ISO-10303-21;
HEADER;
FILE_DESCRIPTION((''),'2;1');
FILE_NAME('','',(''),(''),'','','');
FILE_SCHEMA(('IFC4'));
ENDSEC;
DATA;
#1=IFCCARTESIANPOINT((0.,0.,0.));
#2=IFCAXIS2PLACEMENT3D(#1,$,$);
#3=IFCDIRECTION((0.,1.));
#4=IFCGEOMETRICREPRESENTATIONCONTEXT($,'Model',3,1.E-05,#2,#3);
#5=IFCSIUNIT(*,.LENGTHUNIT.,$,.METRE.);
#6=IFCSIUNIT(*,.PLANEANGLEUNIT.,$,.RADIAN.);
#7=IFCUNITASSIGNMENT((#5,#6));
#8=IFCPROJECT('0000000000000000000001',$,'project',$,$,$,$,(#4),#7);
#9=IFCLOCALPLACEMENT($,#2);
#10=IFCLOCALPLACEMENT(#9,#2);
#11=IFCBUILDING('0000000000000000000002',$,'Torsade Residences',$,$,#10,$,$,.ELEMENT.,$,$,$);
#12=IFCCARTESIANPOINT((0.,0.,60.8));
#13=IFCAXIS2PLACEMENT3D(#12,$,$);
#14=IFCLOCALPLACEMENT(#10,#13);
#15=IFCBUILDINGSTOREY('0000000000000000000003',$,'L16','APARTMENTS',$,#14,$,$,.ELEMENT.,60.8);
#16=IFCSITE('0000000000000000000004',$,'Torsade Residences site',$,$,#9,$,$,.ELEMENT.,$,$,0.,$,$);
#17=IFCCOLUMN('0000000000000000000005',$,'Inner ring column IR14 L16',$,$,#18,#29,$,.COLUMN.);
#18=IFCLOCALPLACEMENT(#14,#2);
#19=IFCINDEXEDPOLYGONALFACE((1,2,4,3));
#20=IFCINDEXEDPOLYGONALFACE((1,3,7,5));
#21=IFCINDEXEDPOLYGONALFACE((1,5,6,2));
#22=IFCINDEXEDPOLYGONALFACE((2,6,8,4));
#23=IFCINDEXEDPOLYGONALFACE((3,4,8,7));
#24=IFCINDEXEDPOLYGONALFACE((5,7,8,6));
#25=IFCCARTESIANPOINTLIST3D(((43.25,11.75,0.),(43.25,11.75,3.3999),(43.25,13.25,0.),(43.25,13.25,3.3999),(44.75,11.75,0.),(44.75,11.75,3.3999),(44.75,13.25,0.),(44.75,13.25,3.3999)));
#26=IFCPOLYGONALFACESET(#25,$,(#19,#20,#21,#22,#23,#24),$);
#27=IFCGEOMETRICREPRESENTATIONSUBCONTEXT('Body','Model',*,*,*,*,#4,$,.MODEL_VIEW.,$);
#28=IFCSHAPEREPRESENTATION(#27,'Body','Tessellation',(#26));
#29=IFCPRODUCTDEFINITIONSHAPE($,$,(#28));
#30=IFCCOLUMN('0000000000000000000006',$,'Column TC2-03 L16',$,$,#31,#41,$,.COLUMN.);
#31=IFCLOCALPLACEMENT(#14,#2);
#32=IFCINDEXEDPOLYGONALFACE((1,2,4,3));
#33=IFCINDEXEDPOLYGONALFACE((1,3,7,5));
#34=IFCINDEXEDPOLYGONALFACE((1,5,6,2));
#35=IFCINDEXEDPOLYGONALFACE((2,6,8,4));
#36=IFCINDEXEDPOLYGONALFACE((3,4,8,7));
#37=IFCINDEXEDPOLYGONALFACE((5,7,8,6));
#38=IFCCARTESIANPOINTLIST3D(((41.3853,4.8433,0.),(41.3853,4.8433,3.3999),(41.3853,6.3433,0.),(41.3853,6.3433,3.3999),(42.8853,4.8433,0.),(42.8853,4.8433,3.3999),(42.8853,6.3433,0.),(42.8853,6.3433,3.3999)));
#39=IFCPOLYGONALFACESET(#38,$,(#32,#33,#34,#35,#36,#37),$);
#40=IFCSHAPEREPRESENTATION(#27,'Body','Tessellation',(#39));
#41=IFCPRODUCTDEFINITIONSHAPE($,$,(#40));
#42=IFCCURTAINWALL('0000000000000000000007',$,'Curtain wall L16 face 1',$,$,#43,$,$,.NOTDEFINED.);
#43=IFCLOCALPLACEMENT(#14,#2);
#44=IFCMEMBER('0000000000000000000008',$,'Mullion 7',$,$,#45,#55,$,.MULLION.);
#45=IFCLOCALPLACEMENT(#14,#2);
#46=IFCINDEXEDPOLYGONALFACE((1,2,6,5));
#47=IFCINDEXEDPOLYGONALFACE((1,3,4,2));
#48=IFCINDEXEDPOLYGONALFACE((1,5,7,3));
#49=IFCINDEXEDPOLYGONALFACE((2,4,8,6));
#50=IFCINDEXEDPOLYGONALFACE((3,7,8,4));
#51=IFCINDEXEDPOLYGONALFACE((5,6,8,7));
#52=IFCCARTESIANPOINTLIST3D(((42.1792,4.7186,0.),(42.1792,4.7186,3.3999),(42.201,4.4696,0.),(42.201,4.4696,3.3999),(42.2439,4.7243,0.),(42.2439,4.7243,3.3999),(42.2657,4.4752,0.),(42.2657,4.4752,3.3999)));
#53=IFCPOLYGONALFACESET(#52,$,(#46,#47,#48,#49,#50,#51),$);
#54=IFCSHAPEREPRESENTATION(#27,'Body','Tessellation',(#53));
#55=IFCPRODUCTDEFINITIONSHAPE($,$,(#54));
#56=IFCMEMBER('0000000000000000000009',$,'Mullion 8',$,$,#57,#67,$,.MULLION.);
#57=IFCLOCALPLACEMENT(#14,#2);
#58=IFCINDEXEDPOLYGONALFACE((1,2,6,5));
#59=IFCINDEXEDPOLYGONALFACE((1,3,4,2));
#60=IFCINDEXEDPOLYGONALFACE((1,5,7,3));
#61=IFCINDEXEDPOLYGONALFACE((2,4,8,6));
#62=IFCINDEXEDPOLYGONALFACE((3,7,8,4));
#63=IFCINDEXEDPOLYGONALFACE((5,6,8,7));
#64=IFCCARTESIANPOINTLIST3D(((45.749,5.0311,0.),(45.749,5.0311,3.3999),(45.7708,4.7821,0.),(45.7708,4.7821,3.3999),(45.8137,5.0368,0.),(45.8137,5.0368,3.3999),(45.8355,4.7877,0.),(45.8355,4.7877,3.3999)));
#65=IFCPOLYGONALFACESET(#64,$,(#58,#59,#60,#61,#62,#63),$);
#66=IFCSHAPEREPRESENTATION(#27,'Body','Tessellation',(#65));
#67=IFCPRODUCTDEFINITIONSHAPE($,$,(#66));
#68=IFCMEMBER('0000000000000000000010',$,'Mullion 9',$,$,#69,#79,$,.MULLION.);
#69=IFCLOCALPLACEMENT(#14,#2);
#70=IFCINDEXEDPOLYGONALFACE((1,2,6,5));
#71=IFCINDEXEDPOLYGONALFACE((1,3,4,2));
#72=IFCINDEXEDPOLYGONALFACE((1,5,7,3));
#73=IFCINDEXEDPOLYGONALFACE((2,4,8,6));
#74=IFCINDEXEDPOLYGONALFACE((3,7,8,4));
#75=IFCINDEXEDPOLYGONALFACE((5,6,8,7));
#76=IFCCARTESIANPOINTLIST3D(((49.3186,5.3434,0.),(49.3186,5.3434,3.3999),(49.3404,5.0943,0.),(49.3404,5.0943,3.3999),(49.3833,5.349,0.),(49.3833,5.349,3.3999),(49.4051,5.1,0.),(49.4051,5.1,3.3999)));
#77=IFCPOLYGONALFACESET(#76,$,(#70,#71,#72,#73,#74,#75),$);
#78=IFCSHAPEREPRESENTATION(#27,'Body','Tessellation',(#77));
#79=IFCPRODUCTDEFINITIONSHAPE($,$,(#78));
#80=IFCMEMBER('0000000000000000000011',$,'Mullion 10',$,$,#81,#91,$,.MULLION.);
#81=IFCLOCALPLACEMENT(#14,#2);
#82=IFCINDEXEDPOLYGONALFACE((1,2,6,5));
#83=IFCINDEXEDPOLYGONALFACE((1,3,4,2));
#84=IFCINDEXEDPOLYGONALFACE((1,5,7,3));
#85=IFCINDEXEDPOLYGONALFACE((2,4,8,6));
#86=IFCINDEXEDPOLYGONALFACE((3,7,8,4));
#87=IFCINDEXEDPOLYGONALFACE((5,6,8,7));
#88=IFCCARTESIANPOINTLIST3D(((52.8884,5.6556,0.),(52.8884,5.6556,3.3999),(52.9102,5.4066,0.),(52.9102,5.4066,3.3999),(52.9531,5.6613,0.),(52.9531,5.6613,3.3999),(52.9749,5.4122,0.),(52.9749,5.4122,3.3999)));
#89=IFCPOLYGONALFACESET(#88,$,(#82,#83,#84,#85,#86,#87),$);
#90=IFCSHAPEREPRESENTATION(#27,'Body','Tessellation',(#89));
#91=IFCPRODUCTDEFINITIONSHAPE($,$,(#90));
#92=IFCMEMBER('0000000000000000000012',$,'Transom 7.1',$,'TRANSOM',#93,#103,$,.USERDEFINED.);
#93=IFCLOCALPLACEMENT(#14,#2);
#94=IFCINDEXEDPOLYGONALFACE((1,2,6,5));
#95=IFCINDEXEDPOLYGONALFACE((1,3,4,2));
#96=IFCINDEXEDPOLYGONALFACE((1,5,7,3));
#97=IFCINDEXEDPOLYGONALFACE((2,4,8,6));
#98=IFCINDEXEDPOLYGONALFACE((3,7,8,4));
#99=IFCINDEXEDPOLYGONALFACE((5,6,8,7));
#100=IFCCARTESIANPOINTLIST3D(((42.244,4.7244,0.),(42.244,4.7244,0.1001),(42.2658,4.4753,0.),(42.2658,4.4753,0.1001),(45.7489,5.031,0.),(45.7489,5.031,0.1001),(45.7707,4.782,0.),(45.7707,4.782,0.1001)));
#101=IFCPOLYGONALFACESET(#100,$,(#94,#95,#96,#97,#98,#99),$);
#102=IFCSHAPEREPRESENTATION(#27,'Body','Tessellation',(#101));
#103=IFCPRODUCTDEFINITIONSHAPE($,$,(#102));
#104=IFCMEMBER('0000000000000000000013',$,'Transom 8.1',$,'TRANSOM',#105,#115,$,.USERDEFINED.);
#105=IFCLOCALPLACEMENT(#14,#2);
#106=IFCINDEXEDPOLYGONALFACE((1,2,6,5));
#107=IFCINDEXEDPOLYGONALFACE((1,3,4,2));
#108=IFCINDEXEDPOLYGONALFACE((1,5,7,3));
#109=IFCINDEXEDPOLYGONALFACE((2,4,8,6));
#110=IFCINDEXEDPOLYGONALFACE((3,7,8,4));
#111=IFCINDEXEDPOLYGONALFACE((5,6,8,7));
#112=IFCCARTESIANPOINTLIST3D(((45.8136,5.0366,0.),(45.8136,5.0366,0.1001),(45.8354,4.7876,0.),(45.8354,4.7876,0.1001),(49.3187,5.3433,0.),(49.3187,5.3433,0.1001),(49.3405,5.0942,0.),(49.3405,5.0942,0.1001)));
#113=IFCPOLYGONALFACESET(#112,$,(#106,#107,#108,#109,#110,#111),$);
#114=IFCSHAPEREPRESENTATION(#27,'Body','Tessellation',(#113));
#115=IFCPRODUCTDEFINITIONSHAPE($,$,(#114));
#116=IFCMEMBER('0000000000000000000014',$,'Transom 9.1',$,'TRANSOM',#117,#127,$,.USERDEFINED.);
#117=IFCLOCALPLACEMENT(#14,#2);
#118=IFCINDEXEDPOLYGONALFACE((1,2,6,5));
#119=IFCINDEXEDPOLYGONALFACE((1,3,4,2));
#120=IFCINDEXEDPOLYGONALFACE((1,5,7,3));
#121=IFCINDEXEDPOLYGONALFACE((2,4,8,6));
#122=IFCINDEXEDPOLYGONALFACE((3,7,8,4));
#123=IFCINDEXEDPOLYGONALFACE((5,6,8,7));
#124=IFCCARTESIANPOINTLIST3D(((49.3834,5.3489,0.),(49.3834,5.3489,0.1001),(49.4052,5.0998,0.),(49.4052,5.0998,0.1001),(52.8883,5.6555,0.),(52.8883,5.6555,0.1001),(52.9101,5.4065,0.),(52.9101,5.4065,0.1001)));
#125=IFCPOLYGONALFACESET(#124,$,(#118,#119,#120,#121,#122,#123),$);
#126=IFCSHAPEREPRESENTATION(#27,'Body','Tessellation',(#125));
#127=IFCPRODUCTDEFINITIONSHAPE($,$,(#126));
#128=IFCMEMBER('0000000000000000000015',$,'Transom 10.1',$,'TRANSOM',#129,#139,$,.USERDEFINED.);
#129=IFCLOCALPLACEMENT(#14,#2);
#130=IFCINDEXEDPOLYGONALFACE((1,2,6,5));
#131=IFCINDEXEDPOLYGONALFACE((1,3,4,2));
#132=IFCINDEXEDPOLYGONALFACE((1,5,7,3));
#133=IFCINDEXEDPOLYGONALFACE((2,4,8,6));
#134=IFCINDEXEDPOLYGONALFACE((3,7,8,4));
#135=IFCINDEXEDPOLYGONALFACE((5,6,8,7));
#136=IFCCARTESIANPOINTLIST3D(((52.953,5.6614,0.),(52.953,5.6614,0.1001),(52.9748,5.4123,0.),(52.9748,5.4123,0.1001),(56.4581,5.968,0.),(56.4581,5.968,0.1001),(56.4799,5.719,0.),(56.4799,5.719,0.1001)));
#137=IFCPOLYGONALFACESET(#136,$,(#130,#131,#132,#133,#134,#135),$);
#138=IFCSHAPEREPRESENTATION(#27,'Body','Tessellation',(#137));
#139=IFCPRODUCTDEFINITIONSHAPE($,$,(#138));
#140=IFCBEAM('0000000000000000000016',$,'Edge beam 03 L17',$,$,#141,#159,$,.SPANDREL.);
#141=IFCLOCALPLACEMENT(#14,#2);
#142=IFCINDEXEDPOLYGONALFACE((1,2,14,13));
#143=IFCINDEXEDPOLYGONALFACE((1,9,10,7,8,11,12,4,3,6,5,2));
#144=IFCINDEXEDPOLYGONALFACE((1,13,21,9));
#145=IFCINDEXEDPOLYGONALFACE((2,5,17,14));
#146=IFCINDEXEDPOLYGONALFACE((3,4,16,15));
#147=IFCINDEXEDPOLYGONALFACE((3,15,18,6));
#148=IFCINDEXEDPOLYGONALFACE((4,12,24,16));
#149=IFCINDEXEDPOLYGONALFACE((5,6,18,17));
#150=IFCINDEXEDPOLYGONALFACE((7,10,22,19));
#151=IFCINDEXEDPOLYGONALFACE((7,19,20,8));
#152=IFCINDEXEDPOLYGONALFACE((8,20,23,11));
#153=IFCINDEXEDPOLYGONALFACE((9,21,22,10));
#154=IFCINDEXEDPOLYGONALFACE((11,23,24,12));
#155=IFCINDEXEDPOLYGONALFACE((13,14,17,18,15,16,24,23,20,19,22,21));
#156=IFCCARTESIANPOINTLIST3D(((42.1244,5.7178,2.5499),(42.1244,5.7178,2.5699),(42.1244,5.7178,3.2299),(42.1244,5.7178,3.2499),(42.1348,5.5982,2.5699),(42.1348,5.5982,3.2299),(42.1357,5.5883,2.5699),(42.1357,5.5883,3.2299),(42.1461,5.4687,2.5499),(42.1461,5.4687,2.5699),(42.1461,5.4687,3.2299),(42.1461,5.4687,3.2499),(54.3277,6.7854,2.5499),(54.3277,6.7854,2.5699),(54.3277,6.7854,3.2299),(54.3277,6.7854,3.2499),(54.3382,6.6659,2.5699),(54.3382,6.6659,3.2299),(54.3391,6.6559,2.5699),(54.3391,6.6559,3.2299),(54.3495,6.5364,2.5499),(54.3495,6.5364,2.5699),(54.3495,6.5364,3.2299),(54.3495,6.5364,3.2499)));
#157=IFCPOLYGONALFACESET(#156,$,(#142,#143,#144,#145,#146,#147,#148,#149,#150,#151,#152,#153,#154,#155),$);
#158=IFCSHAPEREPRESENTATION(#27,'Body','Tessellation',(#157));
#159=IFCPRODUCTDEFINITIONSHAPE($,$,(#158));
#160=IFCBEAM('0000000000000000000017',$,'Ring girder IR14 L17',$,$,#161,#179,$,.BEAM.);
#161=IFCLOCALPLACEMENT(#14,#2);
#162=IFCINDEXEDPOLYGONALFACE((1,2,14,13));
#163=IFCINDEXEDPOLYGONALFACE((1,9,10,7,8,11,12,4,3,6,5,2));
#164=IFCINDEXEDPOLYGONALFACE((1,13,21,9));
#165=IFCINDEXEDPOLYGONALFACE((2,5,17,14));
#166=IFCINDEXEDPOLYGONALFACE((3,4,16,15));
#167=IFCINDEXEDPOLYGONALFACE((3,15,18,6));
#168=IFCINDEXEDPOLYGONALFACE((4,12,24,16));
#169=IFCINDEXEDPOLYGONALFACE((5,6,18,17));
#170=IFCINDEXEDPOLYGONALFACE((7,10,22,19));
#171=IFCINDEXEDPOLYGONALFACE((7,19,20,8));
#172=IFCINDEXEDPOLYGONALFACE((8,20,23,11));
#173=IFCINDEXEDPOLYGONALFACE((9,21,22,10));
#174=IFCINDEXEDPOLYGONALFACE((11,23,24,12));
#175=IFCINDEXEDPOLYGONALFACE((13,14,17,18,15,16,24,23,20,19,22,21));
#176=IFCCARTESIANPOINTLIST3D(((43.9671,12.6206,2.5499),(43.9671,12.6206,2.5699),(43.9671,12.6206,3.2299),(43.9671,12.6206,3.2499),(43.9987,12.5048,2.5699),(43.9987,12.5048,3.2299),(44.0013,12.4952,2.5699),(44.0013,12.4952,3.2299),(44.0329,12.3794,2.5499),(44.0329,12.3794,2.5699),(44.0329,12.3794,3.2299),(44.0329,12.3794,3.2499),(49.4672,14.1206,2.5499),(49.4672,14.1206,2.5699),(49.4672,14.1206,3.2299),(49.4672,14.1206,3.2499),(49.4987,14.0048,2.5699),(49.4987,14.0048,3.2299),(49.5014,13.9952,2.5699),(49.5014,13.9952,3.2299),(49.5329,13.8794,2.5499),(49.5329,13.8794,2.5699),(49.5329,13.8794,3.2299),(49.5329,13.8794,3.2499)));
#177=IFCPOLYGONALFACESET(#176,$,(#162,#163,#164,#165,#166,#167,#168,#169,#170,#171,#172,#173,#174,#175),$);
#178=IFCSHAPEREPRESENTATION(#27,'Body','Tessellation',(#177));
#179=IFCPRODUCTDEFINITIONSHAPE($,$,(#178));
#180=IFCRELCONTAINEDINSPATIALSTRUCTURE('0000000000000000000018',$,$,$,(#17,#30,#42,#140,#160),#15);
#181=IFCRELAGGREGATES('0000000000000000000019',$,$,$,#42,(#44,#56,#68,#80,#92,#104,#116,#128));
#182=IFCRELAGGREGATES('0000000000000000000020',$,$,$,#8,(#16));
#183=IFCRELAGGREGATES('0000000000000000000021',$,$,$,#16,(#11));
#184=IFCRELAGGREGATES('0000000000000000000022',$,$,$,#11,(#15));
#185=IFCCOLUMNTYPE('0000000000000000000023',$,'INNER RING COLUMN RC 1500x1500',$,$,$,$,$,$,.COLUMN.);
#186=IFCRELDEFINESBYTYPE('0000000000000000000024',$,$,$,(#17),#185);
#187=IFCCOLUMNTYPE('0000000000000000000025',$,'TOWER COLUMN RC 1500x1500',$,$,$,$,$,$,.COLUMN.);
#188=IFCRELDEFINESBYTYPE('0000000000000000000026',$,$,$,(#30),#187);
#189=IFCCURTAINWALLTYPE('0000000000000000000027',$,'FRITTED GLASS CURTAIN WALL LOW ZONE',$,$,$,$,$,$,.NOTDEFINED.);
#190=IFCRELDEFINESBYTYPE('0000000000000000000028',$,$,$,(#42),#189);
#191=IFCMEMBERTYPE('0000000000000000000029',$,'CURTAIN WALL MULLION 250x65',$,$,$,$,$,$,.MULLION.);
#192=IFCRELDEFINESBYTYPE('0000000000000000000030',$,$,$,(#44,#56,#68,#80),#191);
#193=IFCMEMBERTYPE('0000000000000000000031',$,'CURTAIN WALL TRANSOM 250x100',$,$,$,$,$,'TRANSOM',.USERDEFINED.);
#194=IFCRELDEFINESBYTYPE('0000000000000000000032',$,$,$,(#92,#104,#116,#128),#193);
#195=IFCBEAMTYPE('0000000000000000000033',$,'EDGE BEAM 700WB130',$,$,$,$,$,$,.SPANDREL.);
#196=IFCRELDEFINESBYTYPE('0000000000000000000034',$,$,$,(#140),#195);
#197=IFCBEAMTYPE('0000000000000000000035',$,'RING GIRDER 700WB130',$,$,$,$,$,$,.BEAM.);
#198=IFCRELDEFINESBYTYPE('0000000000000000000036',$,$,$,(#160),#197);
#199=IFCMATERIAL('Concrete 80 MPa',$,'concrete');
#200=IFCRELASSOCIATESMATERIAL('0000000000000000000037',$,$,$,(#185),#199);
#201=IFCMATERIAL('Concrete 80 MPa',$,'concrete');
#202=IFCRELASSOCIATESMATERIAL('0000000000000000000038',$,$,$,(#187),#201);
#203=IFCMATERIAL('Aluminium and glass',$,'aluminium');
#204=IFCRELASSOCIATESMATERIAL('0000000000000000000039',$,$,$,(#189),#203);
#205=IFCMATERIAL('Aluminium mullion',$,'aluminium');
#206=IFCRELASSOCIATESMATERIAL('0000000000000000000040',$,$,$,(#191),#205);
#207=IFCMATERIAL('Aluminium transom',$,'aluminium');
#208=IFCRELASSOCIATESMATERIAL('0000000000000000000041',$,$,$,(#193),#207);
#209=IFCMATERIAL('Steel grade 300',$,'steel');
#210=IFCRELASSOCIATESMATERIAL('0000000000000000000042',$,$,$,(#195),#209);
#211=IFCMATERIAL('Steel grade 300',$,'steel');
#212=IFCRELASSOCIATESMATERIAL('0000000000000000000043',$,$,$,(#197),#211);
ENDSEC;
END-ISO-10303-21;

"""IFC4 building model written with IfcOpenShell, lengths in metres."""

from ifc_helpers import new_model, si_unit, direction, frame, origin, origin_2d, place, context, subcontext, project, spatial, rectangle, i_section, extrude, material, material_profile, profile_set, type_object, element, aggregate, save


model = new_model("IFC4")

# Units and contexts
model_context = context("Model", 3, precision=1e-05, world=origin(), true_north=direction((0.0, 1.0)))
body_context = subcontext(model_context, "Body", "Model", "MODEL_VIEW")
ifc_project = project(units=[si_unit("LENGTHUNIT", "METRE"), si_unit("PLANEANGLEUNIT", "RADIAN")], contexts=[model_context])

# Site, building, storey
site_placement = place(None, origin())
site = spatial("IfcSite", under=ifc_project, at=site_placement, Name="Torsade Residences site", CompositionType="ELEMENT", RefElevation=0.0)
building_placement = place(site_placement, origin())
building = spatial("IfcBuilding", under=site, at=building_placement, Name="Torsade Residences", CompositionType="ELEMENT")
storey_placement = place(building_placement, frame((0.0, 0.0, 60.8)))
storey = spatial("IfcBuildingStorey", under=building, at=storey_placement, Name="L16", Description="APARTMENTS", CompositionType="ELEMENT", Elevation=60.8)

# Columns
ifc_material_1 = material(Name="Concrete 80 MPa", Category="concrete")
ifc_material_profile_1 = material_profile(ifc_material_1, rectangle(XDim=1.5, YDim=1.5, at=origin_2d()), Name="RC 1500x1500")
ifc_profile_set_1 = profile_set([ifc_material_profile_1], Name="Concrete 80 MPa")
column_type_1 = type_object("IfcColumnType", Name="INNER RING COLUMN RC 1500x1500", PredefinedType="COLUMN", material=ifc_profile_set_1)
column_1_placement = place(storey_placement, frame((44.0, 12.5, 0.0), z_axis=(0.0, 0.0, 1.0), x_axis=(1.0, 0.0, 0.0)))
element("IfcColumn", 1, at=column_1_placement, inside=storey, type_object=column_type_1, Name="Inner ring column IR14 L16", PredefinedType="COLUMN", context=body_context, shape_type="SweptSolid", body=[
    extrude(rectangle(XDim=1.5, YDim=1.5, at=origin_2d()), origin(), (0.0, 0.0, 1.0), 3.3999),
])
ifc_material_2 = material(Name="Concrete 80 MPa", Category="concrete")
ifc_material_profile_2 = material_profile(ifc_material_2, rectangle(XDim=1.5, YDim=1.5, at=origin_2d()), Name="RC 1500x1500")
ifc_profile_set_2 = profile_set([ifc_material_profile_2], Name="Concrete 80 MPa")
column_type_2 = type_object("IfcColumnType", Name="TOWER COLUMN RC 1500x1500", PredefinedType="COLUMN", material=ifc_profile_set_2)
column_2_placement = place(storey_placement, frame((42.1353, 5.5933, 0.0), z_axis=(0.0, 0.0, 1.0), x_axis=(1.0, 0.0, 0.0)))
element("IfcColumn", 2, at=column_2_placement, inside=storey, type_object=column_type_2, Name="Column TC2-03 L16", PredefinedType="COLUMN", context=body_context, shape_type="SweptSolid", body=[
    extrude(rectangle(XDim=1.5, YDim=1.5, at=origin_2d()), origin(), (0.0, 0.0, 1.0), 3.3999),
])

# Curtain wall, members
ifc_material_3 = material(Name="Aluminium and glass", Category="aluminium")
curtain_wall_type = type_object("IfcCurtainWallType", Name="FRITTED GLASS CURTAIN WALL LOW ZONE", PredefinedType="NOTDEFINED", material=ifc_material_3)
curtain_wall_placement = place(storey_placement, origin())
curtain_wall = element("IfcCurtainWall", 3, at=curtain_wall_placement, inside=storey, type_object=curtain_wall_type, Name="Curtain wall L16 face 1", PredefinedType="NOTDEFINED")
ifc_material_4 = material(Name="Aluminium mullion", Category="aluminium")
ifc_material_profile_3 = material_profile(ifc_material_4, rectangle(XDim=0.25, YDim=0.0649, at=origin_2d()), Name="CURTAIN WALL MULLION 250x65")
ifc_profile_set_3 = profile_set([ifc_material_profile_3], Name="Aluminium mullion")
member_type_1 = type_object("IfcMemberType", Name="CURTAIN WALL MULLION 250x65", PredefinedType="MULLION", material=ifc_profile_set_3)
member_1_placement = place(storey_placement, frame((42.2224, 4.5969, 0.0), z_axis=(0.0, 0.0, 1.0), x_axis=(-0.087156, 0.996195, 0.0)))
member_1 = element("IfcMember", 4, at=member_1_placement, type_object=member_type_1, Name="Mullion 7", PredefinedType="MULLION", context=body_context, shape_type="SweptSolid", body=[
    extrude(rectangle(XDim=0.25, YDim=0.0649, at=origin_2d()), origin(), (0.0, 0.0, 1.0), 3.3999),
])
member_2_placement = place(storey_placement, frame((45.7922, 4.9094, 0.0), z_axis=(0.0, 0.0, 1.0), x_axis=(-0.087156, 0.996195, 0.0)))
member_2 = element("IfcMember", 5, at=member_2_placement, type_object=member_type_1, Name="Mullion 8", PredefinedType="MULLION", context=body_context, shape_type="SweptSolid", body=[
    extrude(rectangle(XDim=0.25, YDim=0.0649, at=origin_2d()), origin(), (0.0, 0.0, 1.0), 3.3999),
])
member_3_placement = place(storey_placement, frame((49.3618, 5.2217, 0.0), z_axis=(0.0, 0.0, 1.0), x_axis=(-0.087156, 0.996195, 0.0)))
member_3 = element("IfcMember", 6, at=member_3_placement, type_object=member_type_1, Name="Mullion 9", PredefinedType="MULLION", context=body_context, shape_type="SweptSolid", body=[
    extrude(rectangle(XDim=0.25, YDim=0.0649, at=origin_2d()), origin(), (0.0, 0.0, 1.0), 3.3999),
])
member_4_placement = place(storey_placement, frame((52.9316, 5.5339, 0.0), z_axis=(0.0, 0.0, 1.0), x_axis=(-0.087156, 0.996195, 0.0)))
member_4 = element("IfcMember", 7, at=member_4_placement, type_object=member_type_1, Name="Mullion 10", PredefinedType="MULLION", context=body_context, shape_type="SweptSolid", body=[
    extrude(rectangle(XDim=0.25, YDim=0.0649, at=origin_2d()), origin(), (0.0, 0.0, 1.0), 3.3999),
])
ifc_material_5 = material(Name="Aluminium transom", Category="aluminium")
ifc_material_profile_4 = material_profile(ifc_material_5, rectangle(XDim=0.25, YDim=0.1001, at=origin_2d()), Name="CURTAIN WALL TRANSOM 250x100")
ifc_profile_set_4 = profile_set([ifc_material_profile_4], Name="Aluminium transom")
member_type_2 = type_object("IfcMemberType", Name="CURTAIN WALL TRANSOM 250x100", ElementType="TRANSOM", PredefinedType="USERDEFINED", material=ifc_profile_set_4)
member_5_placement = place(storey_placement, frame((42.2549, 4.5999, 0.05), z_axis=(0.996195, 0.087157, 0.0), x_axis=(-0.087157, 0.996195, 0.0)))
member_5 = element("IfcMember", 8, at=member_5_placement, type_object=member_type_2, Name="Transom 7.1", ObjectType="TRANSOM", PredefinedType="USERDEFINED", context=body_context, shape_type="SweptSolid", body=[
    extrude(rectangle(XDim=0.25, YDim=0.1001, at=origin_2d()), origin(), (0.0, 0.0, 1.0), 3.5183),
])
member_6_placement = place(storey_placement, frame((45.8245, 4.9121, 0.05), z_axis=(0.996195, 0.087151, 0.0), x_axis=(-0.087151, 0.996195, 0.0)))
member_6 = element("IfcMember", 9, at=member_6_placement, type_object=member_type_2, Name="Transom 8.1", ObjectType="TRANSOM", PredefinedType="USERDEFINED", context=body_context, shape_type="SweptSolid", body=[
    extrude(rectangle(XDim=0.25, YDim=0.1001, at=origin_2d()), origin(), (0.0, 0.0, 1.0), 3.5186),
])
member_7_placement = place(storey_placement, frame((49.3943, 5.2244, 0.05), z_axis=(0.996195, 0.087157, 0.0), x_axis=(-0.087157, 0.996195, 0.0)))
member_7 = element("IfcMember", 10, at=member_7_placement, type_object=member_type_2, Name="Transom 9.1", ObjectType="TRANSOM", PredefinedType="USERDEFINED", context=body_context, shape_type="SweptSolid", body=[
    extrude(rectangle(XDim=0.25, YDim=0.1001, at=origin_2d()), origin(), (0.0, 0.0, 1.0), 3.5183),
])
member_8_placement = place(storey_placement, frame((52.9639, 5.5369, 0.05), z_axis=(0.996195, 0.087151, 0.0), x_axis=(-0.087151, 0.996195, 0.0)))
member_8 = element("IfcMember", 11, at=member_8_placement, type_object=member_type_2, Name="Transom 10.1", ObjectType="TRANSOM", PredefinedType="USERDEFINED", context=body_context, shape_type="SweptSolid", body=[
    extrude(rectangle(XDim=0.25, YDim=0.1001, at=origin_2d()), origin(), (0.0, 0.0, 1.0), 3.5186),
])

# Beams
ifc_material_6 = material(Name="Steel grade 300", Category="steel")
ifc_material_profile_5 = material_profile(ifc_material_6, i_section(OverallWidth=0.25, OverallDepth=0.7, WebThickness=0.01, FlangeThickness=0.02, at=origin_2d()), Name="700WB130")
ifc_profile_set_5 = profile_set([ifc_material_profile_5], Name="Steel grade 300")
beam_type_1 = type_object("IfcBeamType", Name="EDGE BEAM 700WB130", PredefinedType="SPANDREL", material=ifc_profile_set_5)
beam_1_placement = place(storey_placement, frame((42.1353, 5.5933, 2.8999), z_axis=(0.996195, 0.087153, 0.0), x_axis=(-0.087153, 0.996195, 0.0)))
element("IfcBeam", 12, at=beam_1_placement, inside=storey, type_object=beam_type_1, Name="Edge beam 03 L17", PredefinedType="SPANDREL", context=body_context, shape_type="SweptSolid", body=[
    extrude(i_section(OverallWidth=0.25, OverallDepth=0.7, WebThickness=0.01, FlangeThickness=0.02, at=origin_2d()), origin(), (0.0, 0.0, 1.0), 12.25),
])
ifc_material_7 = material(Name="Steel grade 300", Category="steel")
ifc_material_profile_6 = material_profile(ifc_material_7, i_section(OverallWidth=0.25, OverallDepth=0.7, WebThickness=0.01, FlangeThickness=0.02, at=origin_2d()), Name="700WB130")
ifc_profile_set_6 = profile_set([ifc_material_profile_6], Name="Steel grade 300")
beam_type_2 = type_object("IfcBeamType", Name="RING GIRDER 700WB130", PredefinedType="BEAM", material=ifc_profile_set_6)
beam_2_placement = place(storey_placement, frame((44.0, 12.5, 2.8999), z_axis=(0.964764, 0.263117, 0.0), x_axis=(-0.263117, 0.964764, 0.0)))
element("IfcBeam", 13, at=beam_2_placement, inside=storey, type_object=beam_type_2, Name="Ring girder IR14 L17", PredefinedType="BEAM", context=body_context, shape_type="SweptSolid", body=[
    extrude(i_section(OverallWidth=0.25, OverallDepth=0.7, WebThickness=0.01, FlangeThickness=0.02, at=origin_2d()), origin(), (0.0, 0.0, 1.0), 5.7009),
])

aggregate(curtain_wall, [member_1, member_2, member_3, member_4, member_5, member_6, member_7, member_8])

save(model, "model.ifc")
